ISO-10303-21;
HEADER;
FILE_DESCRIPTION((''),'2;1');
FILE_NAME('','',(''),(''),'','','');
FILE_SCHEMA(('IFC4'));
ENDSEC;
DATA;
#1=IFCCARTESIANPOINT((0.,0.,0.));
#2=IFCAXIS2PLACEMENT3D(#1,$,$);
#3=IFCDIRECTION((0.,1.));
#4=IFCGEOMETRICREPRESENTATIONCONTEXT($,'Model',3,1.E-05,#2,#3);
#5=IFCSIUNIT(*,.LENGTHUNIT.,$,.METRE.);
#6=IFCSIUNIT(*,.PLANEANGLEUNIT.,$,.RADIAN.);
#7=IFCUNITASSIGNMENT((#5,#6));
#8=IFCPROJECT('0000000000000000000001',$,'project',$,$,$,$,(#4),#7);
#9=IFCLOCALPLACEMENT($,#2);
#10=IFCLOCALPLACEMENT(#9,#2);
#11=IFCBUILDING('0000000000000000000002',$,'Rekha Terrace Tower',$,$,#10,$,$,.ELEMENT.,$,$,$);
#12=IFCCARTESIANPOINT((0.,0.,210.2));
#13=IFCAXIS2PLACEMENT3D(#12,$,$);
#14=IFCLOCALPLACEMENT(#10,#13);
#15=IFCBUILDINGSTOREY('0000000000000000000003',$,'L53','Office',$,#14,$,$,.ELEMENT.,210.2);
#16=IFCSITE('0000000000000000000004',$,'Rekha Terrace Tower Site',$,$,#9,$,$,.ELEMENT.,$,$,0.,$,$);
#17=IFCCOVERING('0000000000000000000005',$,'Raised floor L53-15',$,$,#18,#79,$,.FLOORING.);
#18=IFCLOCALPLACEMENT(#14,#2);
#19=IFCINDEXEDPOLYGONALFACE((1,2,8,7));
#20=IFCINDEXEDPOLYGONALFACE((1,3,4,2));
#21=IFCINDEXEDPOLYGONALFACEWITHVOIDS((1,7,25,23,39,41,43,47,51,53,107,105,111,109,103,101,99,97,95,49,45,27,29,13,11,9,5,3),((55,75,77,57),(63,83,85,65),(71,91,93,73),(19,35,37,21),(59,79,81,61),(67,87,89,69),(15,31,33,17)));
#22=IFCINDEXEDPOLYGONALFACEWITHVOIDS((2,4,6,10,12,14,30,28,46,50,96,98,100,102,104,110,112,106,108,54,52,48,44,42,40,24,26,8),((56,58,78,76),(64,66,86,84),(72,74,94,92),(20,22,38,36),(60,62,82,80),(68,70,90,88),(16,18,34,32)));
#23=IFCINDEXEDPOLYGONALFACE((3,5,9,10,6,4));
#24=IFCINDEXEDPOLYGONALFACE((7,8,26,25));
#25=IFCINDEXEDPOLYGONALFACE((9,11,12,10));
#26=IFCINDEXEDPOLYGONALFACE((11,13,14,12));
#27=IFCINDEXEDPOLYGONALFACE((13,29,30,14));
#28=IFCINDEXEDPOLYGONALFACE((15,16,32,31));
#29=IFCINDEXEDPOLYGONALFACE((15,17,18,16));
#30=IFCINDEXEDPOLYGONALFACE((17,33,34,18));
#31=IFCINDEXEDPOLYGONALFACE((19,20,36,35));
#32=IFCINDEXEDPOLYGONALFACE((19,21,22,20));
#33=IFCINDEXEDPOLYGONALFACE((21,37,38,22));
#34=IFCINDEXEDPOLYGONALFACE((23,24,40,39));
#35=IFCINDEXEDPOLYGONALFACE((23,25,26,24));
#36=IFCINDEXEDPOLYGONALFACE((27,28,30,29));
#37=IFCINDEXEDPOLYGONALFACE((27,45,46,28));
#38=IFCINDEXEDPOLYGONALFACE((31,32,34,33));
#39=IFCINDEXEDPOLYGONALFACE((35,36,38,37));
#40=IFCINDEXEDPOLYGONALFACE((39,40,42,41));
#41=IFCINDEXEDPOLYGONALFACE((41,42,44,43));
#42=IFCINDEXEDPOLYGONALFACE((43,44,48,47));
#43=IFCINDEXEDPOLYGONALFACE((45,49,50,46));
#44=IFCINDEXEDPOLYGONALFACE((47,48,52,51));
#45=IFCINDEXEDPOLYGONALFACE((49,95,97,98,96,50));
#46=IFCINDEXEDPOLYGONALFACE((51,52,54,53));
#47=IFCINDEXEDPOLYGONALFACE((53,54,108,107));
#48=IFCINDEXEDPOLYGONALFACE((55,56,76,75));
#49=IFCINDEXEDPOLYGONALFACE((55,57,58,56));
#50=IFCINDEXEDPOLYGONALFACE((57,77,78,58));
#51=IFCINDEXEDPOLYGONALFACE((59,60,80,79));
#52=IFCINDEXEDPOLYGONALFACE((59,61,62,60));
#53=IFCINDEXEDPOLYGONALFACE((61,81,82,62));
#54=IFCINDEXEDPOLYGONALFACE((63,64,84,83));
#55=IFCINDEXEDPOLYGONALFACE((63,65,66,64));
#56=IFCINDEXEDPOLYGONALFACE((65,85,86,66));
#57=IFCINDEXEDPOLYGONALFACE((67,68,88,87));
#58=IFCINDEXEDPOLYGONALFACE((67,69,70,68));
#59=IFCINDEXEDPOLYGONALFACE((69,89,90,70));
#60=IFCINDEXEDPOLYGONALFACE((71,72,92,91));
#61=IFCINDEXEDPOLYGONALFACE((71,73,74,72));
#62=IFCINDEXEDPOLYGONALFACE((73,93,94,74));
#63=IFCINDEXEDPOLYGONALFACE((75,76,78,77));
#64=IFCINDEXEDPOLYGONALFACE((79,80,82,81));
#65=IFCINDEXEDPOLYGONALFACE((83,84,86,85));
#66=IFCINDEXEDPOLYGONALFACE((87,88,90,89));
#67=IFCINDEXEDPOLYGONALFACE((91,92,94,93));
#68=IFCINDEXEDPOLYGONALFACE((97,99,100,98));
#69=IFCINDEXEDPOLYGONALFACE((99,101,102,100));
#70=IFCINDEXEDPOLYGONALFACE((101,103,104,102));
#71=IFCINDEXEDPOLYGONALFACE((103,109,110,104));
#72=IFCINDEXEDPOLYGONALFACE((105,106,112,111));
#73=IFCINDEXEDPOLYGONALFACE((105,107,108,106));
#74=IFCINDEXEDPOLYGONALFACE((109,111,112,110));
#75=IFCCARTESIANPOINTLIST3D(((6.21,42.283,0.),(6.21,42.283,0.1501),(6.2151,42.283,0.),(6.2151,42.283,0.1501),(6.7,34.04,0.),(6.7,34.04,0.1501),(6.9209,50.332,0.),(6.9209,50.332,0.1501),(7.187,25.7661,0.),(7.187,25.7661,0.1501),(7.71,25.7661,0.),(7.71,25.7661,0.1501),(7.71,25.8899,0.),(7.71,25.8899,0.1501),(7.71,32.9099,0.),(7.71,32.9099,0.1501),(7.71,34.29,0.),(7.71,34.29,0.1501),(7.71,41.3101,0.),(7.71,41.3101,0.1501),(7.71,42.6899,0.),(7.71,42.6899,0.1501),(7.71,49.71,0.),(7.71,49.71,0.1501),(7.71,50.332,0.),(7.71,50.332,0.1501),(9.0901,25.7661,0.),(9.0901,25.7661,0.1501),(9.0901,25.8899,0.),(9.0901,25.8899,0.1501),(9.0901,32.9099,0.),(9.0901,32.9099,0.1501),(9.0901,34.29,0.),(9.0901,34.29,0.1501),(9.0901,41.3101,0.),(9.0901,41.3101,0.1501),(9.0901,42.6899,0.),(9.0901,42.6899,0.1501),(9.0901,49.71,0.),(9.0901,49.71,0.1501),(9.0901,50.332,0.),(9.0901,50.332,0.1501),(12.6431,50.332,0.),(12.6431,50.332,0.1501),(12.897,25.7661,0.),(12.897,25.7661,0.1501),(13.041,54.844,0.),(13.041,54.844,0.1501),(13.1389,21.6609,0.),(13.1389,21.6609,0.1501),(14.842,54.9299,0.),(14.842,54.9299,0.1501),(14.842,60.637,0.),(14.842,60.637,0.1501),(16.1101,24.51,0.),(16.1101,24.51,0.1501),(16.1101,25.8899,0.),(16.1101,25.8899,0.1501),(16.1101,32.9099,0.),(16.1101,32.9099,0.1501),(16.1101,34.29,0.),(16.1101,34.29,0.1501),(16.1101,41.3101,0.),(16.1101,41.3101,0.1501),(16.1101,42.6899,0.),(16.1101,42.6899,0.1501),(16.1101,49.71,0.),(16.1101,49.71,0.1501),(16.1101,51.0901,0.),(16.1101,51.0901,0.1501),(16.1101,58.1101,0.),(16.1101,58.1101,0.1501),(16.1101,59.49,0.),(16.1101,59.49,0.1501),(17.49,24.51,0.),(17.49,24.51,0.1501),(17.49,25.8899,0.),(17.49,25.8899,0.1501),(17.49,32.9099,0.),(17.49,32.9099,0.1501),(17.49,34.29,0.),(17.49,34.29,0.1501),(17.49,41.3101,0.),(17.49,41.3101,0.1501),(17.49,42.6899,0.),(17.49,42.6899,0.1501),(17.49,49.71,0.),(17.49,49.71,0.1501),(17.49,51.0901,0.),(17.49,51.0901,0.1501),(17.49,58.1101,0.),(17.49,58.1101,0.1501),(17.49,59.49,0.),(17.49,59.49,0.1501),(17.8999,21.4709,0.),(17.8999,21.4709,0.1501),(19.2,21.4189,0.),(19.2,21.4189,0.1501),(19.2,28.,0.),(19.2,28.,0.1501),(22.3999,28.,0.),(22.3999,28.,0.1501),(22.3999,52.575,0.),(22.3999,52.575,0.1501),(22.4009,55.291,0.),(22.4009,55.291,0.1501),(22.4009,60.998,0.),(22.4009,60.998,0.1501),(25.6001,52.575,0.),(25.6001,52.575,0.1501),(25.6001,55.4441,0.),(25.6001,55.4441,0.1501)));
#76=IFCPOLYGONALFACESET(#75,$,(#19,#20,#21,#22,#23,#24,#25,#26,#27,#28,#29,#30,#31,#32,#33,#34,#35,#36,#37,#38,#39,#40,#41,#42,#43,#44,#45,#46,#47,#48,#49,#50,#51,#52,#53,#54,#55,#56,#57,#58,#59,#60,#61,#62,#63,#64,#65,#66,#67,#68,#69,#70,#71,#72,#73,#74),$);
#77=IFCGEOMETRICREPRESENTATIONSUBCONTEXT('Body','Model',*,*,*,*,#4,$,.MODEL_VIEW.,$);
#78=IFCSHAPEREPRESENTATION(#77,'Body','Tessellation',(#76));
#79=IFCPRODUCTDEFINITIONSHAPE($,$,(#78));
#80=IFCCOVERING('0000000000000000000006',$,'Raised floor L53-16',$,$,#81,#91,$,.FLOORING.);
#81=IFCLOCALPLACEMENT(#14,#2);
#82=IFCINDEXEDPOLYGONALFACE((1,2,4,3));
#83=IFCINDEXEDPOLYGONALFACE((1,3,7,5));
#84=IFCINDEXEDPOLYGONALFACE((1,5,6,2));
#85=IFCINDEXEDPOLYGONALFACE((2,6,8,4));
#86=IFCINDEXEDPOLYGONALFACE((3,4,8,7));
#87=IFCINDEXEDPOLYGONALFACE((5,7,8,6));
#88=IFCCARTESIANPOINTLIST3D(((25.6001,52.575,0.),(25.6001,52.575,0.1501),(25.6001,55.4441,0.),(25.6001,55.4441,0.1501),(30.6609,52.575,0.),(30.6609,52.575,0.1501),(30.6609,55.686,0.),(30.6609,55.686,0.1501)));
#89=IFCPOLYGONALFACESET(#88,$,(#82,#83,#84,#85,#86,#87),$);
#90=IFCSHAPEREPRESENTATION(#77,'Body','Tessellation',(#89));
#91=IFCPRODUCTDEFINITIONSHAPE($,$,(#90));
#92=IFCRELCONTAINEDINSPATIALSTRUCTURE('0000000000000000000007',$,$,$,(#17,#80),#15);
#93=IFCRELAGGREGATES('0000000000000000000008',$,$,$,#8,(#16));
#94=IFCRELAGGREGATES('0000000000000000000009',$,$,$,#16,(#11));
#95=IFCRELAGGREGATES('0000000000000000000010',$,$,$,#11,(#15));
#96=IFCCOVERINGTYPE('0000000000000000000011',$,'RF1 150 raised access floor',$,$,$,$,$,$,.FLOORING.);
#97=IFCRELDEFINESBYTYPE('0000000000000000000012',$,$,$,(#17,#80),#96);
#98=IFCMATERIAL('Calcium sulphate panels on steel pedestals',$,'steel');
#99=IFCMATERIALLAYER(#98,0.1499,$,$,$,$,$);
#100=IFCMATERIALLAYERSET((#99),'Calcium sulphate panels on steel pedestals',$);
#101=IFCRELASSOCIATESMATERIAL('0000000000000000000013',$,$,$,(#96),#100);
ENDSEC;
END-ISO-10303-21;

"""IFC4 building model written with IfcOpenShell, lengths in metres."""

from ifc_helpers import new_model, si_unit, direction, frame, origin, place, context, subcontext, project, spatial, polyline, outline, extrude, material, layer, layer_set, type_object, element, save


model = new_model("IFC4")

# Units and contexts
model_context = context("Model", 3, precision=1e-05, world=origin(), true_north=direction((0.0, 1.0)))
body_context = subcontext(model_context, "Body", "Model", "MODEL_VIEW")
ifc_project = project(units=[si_unit("LENGTHUNIT", "METRE"), si_unit("PLANEANGLEUNIT", "RADIAN")], contexts=[model_context])

# Site, building, storey
site_placement = place(None, origin())
site = spatial("IfcSite", under=ifc_project, at=site_placement, Name="Rekha Terrace Tower Site", CompositionType="ELEMENT", RefElevation=0.0)
building_placement = place(site_placement, origin())
building = spatial("IfcBuilding", under=site, at=building_placement, Name="Rekha Terrace Tower", CompositionType="ELEMENT")
storey_placement = place(building_placement, frame((0.0, 0.0, 210.2)))
storey = spatial("IfcBuildingStorey", under=building, at=storey_placement, Name="L53", Description="Office", CompositionType="ELEMENT", Elevation=210.2)

# Coverings
ifc_material_1 = material(Name="Calcium sulphate panels on steel pedestals", Category="steel")
ifc_layer_1 = layer(ifc_material_1, 0.1499)
ifc_layer_set_1 = layer_set([ifc_layer_1], Name="Calcium sulphate panels on steel pedestals")
covering_type_1 = type_object("IfcCoveringType", Name="RF1 150 raised access floor", PredefinedType="FLOORING", material=ifc_layer_set_1)
covering_1_placement = place(storey_placement, origin())
element("IfcCovering", 1, at=covering_1_placement, inside=storey, type_object=covering_type_1, Name="Raised floor L53-15", PredefinedType="FLOORING", context=body_context, shape_type="SweptSolid", body=[
    extrude(outline(polyline([(6.9209, 50.332), (6.21, 42.283), (6.2151, 42.283), (6.7, 34.04), (7.187, 25.7661), (7.71, 25.7661), (7.71, 25.8899), (9.0901, 25.8899), (9.0901, 25.7661), (12.897, 25.7661), (13.1389, 21.6609), (17.8999, 21.4709), (19.2, 21.4189), (19.2, 28.0), (22.3999, 28.0), (22.3999, 52.575), (25.6001, 52.575), (25.6001, 55.4441), (22.4009, 55.291), (22.4009, 60.998), (14.842, 60.637), (14.842, 54.9299), (13.041, 54.844), (12.6431, 50.332), (9.0901, 50.332), (9.0901, 49.71), (7.71, 49.71), (7.71, 50.332), (6.9209, 50.332)]), holes=[polyline([(17.49, 24.51), (16.1101, 24.51), (16.1101, 25.8899), (17.49, 25.8899), (17.49, 24.51)]), polyline([(17.49, 32.9099), (16.1101, 32.9099), (16.1101, 34.29), (17.49, 34.29), (17.49, 32.9099)]), polyline([(17.49, 42.6899), (17.49, 41.3101), (16.1101, 41.3101), (16.1101, 42.6899), (17.49, 42.6899)]), polyline([(17.49, 51.0901), (17.49, 49.71), (16.1101, 49.71), (16.1101, 51.0901), (17.49, 51.0901)]), polyline([(17.49, 59.49), (17.49, 58.1101), (16.1101, 58.1101), (16.1101, 59.49), (17.49, 59.49)]), polyline([(9.0901, 34.29), (9.0901, 32.9099), (7.71, 32.9099), (7.71, 34.29), (9.0901, 34.29)]), polyline([(9.0901, 41.3101), (7.71, 41.3101), (7.71, 42.6899), (9.0901, 42.6899), (9.0901, 41.3101)])]), origin(), (0.0, 0.0, 1.0), 0.1501),
])
covering_2_placement = place(storey_placement, origin())
element("IfcCovering", 2, at=covering_2_placement, inside=storey, type_object=covering_type_1, Name="Raised floor L53-16", PredefinedType="FLOORING", context=body_context, shape_type="SweptSolid", body=[
    extrude(outline(polyline([(25.6001, 55.4441), (25.6001, 52.575), (30.6609, 52.575), (30.6609, 55.686), (25.6001, 55.4441)])), origin(), (0.0, 0.0, 1.0), 0.1501),
])

save(model, "model.ifc")
